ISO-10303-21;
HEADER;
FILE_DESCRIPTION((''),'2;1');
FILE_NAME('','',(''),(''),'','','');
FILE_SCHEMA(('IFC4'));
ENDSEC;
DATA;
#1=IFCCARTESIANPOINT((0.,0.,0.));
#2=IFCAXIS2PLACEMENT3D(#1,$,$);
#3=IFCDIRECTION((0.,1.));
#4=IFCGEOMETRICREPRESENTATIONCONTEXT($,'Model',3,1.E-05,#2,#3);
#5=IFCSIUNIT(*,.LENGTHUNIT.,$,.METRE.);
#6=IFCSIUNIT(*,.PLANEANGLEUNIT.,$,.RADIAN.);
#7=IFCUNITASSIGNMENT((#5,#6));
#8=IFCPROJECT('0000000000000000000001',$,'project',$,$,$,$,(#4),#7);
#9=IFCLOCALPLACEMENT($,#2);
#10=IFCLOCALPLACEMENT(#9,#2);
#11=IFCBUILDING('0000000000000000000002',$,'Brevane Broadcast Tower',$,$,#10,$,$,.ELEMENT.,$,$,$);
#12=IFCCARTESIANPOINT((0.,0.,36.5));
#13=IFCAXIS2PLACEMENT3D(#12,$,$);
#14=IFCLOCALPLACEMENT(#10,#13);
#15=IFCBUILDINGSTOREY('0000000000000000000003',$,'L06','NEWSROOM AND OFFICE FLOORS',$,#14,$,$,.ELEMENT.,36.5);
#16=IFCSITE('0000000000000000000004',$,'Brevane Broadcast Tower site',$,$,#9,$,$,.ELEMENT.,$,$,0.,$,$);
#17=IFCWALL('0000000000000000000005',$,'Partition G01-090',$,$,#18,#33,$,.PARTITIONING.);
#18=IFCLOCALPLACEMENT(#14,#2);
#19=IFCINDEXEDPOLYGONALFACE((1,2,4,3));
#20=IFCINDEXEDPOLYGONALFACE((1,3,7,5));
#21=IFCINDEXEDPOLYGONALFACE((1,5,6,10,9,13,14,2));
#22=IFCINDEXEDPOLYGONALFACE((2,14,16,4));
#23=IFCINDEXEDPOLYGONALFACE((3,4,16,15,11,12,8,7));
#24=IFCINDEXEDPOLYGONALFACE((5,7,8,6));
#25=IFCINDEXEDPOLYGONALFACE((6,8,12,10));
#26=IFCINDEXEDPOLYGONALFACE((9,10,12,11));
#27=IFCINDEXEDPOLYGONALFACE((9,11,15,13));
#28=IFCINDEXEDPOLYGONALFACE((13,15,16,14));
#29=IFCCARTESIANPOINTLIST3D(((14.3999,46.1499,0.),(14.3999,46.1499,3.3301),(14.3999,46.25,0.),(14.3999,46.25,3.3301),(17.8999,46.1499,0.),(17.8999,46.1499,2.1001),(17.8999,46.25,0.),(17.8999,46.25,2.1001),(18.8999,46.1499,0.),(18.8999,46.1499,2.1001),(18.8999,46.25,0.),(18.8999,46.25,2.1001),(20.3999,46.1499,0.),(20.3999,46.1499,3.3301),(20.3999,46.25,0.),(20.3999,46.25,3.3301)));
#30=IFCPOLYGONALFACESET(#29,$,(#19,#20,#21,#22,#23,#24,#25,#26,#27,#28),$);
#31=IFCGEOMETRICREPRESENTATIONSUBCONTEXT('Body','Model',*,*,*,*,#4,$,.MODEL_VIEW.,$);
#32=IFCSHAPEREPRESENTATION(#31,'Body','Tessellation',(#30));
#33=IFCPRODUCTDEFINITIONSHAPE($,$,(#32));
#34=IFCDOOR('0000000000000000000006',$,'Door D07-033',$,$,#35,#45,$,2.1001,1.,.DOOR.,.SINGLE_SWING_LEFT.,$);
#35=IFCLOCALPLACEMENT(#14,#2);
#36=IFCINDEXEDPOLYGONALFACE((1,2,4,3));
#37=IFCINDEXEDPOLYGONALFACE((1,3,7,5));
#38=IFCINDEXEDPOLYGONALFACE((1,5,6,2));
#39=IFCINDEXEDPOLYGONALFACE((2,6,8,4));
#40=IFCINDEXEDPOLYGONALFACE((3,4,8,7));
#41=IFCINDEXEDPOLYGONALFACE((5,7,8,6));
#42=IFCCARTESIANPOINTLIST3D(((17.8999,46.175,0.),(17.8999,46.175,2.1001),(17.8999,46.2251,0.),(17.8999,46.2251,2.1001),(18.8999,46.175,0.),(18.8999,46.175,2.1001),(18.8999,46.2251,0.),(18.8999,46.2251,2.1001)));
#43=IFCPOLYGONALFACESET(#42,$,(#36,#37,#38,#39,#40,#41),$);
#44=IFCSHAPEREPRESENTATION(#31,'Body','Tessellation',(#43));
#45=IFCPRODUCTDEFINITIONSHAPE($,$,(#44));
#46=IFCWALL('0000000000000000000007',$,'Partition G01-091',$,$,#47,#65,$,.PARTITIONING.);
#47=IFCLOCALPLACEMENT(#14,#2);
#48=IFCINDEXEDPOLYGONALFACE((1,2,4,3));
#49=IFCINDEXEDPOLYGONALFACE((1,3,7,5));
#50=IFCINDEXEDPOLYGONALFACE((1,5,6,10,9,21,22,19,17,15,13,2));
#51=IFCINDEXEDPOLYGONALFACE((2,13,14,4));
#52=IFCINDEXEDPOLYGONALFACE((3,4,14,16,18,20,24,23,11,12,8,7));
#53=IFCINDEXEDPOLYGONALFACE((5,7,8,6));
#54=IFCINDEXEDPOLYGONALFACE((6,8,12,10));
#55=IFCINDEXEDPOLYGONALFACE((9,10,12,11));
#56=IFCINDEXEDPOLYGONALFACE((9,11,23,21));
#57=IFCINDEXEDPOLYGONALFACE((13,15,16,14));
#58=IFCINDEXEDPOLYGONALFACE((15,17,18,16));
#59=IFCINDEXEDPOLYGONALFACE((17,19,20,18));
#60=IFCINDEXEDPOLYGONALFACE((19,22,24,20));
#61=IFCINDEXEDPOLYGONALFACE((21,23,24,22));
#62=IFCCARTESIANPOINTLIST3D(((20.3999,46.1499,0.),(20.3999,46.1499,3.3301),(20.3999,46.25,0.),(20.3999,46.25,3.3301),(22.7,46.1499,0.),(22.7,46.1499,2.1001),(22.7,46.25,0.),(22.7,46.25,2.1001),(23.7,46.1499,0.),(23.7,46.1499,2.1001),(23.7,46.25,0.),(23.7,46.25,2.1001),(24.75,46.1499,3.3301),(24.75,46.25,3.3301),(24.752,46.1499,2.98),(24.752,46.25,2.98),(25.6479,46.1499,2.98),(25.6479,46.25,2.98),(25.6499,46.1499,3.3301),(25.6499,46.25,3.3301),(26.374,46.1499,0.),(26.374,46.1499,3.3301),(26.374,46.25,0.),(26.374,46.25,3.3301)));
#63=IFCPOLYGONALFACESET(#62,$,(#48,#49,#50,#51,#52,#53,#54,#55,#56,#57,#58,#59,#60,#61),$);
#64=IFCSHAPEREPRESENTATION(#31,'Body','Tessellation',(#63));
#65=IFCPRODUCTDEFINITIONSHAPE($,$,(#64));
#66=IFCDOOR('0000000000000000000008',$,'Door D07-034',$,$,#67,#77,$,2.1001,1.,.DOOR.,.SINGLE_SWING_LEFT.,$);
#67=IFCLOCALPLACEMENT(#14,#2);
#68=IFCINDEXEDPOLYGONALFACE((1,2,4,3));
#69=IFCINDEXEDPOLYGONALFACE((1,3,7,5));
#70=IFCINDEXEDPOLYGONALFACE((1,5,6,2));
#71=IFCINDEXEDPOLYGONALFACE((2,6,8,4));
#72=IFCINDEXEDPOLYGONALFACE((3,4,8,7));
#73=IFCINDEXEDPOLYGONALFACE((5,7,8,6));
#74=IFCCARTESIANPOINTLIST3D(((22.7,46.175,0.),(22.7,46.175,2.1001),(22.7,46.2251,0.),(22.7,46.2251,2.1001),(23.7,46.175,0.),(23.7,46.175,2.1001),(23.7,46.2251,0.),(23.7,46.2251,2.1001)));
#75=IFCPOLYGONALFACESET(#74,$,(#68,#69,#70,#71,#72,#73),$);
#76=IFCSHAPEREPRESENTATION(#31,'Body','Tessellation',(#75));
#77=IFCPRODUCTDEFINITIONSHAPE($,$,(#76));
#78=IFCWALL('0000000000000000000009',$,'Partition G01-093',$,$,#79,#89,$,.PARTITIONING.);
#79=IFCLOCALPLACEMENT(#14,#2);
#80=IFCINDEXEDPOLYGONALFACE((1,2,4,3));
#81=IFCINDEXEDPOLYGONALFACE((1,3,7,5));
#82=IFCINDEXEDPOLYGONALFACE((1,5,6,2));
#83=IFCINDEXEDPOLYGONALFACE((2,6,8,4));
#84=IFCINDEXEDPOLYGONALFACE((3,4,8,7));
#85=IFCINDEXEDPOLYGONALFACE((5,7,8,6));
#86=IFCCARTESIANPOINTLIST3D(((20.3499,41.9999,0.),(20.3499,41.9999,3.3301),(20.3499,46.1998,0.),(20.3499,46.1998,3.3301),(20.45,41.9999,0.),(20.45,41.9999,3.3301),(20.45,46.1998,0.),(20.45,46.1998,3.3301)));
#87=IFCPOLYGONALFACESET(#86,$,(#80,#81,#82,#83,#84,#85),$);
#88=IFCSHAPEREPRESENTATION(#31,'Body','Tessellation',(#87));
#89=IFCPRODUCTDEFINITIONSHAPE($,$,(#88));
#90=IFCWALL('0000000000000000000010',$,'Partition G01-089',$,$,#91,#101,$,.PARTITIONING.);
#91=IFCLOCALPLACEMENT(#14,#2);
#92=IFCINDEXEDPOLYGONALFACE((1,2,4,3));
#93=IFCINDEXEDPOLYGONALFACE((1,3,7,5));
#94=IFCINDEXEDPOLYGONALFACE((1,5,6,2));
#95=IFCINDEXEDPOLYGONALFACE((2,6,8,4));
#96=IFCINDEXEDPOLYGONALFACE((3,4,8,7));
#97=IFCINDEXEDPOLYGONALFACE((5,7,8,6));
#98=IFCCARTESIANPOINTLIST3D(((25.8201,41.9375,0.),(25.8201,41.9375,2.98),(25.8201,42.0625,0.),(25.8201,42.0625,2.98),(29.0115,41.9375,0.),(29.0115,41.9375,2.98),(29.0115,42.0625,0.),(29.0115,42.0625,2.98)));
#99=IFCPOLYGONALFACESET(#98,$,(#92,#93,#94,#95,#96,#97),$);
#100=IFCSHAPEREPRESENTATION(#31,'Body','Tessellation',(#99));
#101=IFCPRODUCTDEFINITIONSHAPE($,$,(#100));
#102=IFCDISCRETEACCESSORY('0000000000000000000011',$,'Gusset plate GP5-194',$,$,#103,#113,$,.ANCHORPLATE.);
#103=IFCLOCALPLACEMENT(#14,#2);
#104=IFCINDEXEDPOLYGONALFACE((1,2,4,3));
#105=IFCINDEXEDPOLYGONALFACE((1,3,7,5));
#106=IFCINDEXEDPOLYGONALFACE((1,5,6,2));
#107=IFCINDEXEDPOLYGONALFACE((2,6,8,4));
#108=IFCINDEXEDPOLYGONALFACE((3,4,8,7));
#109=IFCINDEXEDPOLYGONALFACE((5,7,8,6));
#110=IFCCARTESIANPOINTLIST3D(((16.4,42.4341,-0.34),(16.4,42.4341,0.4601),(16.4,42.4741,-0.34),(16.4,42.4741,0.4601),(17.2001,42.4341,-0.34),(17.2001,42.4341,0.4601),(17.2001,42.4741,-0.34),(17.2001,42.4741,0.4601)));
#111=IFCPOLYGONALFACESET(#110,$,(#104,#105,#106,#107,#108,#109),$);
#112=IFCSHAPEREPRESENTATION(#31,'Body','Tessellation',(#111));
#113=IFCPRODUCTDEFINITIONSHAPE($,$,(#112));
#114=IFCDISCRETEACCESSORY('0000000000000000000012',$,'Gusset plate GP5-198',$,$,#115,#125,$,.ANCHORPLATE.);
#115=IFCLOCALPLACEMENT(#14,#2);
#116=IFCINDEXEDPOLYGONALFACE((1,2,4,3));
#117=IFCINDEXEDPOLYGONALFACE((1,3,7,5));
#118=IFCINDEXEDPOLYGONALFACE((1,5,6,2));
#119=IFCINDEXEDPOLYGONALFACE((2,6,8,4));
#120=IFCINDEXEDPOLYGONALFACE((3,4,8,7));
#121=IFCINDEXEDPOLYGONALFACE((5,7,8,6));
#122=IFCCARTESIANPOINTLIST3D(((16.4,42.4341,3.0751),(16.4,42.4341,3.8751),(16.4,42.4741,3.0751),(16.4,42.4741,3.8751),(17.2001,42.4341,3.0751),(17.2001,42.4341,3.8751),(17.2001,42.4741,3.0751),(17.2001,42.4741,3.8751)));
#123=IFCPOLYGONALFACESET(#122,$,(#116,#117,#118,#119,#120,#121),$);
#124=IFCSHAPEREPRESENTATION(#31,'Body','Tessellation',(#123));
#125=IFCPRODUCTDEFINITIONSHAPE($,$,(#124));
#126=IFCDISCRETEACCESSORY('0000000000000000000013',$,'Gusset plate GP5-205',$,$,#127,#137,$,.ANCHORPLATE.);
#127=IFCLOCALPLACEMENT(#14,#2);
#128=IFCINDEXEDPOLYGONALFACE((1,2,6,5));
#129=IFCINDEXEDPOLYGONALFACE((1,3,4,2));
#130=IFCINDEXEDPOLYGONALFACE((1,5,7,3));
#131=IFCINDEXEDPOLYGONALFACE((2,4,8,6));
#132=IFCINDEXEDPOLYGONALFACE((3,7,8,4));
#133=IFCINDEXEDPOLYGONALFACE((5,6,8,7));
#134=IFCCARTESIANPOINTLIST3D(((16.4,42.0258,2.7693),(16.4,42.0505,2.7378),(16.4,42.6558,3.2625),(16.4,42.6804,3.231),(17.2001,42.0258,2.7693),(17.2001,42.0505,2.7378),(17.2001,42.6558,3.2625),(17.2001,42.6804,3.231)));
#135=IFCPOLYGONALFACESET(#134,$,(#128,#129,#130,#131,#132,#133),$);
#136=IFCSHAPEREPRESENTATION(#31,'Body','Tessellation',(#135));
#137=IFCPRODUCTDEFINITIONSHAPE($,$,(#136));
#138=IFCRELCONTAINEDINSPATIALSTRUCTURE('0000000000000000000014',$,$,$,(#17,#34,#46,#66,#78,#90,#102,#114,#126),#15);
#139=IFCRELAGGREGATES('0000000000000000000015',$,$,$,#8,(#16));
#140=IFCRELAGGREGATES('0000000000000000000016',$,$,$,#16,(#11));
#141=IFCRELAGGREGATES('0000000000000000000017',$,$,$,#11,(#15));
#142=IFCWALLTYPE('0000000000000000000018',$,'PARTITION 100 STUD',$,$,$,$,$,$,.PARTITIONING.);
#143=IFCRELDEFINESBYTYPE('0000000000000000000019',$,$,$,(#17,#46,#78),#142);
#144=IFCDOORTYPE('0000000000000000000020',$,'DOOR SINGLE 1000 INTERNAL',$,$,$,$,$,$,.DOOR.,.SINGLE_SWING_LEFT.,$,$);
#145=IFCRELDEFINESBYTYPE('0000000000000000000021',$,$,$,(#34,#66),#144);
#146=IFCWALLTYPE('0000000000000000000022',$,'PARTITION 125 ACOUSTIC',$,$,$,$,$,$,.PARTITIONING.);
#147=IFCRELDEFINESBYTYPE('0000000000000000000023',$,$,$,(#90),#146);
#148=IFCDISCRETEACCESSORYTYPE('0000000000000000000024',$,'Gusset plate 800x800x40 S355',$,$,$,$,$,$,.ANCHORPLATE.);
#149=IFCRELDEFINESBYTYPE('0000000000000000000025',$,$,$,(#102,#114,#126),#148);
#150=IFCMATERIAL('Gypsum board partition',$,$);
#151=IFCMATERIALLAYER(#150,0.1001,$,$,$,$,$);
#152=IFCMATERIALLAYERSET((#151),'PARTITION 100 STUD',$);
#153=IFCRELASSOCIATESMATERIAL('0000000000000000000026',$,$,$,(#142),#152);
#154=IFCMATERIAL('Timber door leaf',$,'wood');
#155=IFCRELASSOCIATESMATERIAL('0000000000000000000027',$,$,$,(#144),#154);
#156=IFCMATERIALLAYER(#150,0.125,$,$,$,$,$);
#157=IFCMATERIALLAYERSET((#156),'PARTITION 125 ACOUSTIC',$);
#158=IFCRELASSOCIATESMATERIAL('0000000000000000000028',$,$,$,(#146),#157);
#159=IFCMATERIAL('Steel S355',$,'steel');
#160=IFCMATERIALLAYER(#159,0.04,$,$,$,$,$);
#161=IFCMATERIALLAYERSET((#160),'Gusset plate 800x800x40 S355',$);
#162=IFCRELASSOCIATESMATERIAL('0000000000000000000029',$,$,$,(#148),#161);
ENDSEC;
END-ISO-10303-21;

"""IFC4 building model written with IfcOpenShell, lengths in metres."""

from ifc_helpers import new_model, si_unit, direction, frame, frame_2d, origin, origin_2d, place, context, subcontext, project, spatial, polyline, rectangle, outline, extrude, material, layer, layer_set, type_object, element, fill, save


model = new_model("IFC4")

# Units and contexts
model_context = context("Model", 3, precision=1e-05, world=origin(), true_north=direction((0.0, 1.0)))
body_context = subcontext(model_context, "Body", "Model", "MODEL_VIEW")
ifc_project = project(units=[si_unit("LENGTHUNIT", "METRE"), si_unit("PLANEANGLEUNIT", "RADIAN")], contexts=[model_context])

# Site, building, storey
site_placement = place(None, origin())
site = spatial("IfcSite", under=ifc_project, at=site_placement, Name="Brevane Broadcast Tower site", CompositionType="ELEMENT", RefElevation=0.0)
building_placement = place(site_placement, origin())
building = spatial("IfcBuilding", under=site, at=building_placement, Name="Brevane Broadcast Tower", CompositionType="ELEMENT")
storey_placement = place(building_placement, frame((0.0, 0.0, 36.5)))
storey = spatial("IfcBuildingStorey", under=building, at=storey_placement, Name="L06", Description="NEWSROOM AND OFFICE FLOORS", CompositionType="ELEMENT", Elevation=36.5)

# Shared definitions
ifc_material_1 = material(Name="Steel S355", Category="steel")

# Walls, openings, doors
ifc_material_2 = material(Name="Gypsum board partition")
ifc_layer_1 = layer(ifc_material_2, 0.1001)
ifc_layer_set_1 = layer_set([ifc_layer_1], Name="PARTITION 100 STUD")
wall_type_1 = type_object("IfcWallType", Name="PARTITION 100 STUD", PredefinedType="PARTITIONING", material=ifc_layer_set_1)
wall_1_placement = place(storey_placement, frame((20.3999, 46.2, 0.0), z_axis=(0.0, 0.0, 1.0), x_axis=(-1.0, 0.0, 0.0)))
wall_1 = element("IfcWall", 1, at=wall_1_placement, inside=storey, type_object=wall_type_1, Name="Partition G01-090", PredefinedType="PARTITIONING", context=body_context, shape_type="SweptSolid", body=[
    extrude(rectangle(XDim=6.0, YDim=0.1001, at=frame_2d((3.0, 0.0))), origin(), (0.0, 0.0, 1.0), 3.3301),
])
opening_1_placement = place(wall_1_placement, frame((1.5, 0.0, 0.0)))
opening_1 = element("IfcOpeningElement", 2, at=opening_1_placement, cuts=wall_1, PredefinedType="OPENING", context=body_context, shape_type="SweptSolid", body=[
    extrude(rectangle(XDim=1.0, YDim=2.1001, at=frame_2d((0.5, 1.05))), frame((0.0, 0.0601, 0.0), z_axis=(0.0, -1.0, 0.0), x_axis=(1.0, 0.0, 0.0)), (0.0, 0.0, 1.0), 0.1201),
])
ifc_material_3 = material(Name="Timber door leaf", Category="wood")
door_type = type_object("IfcDoorType", Name="DOOR SINGLE 1000 INTERNAL", OperationType="SINGLE_SWING_LEFT", PredefinedType="DOOR", material=ifc_material_3)
door_1_placement = place(opening_1_placement, origin())
door_1 = element("IfcDoor", 3, at=door_1_placement, inside=storey, type_object=door_type, Name="Door D07-033", OperationType="SINGLE_SWING_LEFT", OverallHeight=2.1001, OverallWidth=1.0, PredefinedType="DOOR", context=body_context, shape_type="SweptSolid", body=[
    extrude(rectangle(XDim=1.0, YDim=2.1001, at=frame_2d((0.5, 1.05))), frame((0.0, 0.0249, 0.0), z_axis=(0.0, -1.0, 0.0), x_axis=(1.0, 0.0, 0.0)), (0.0, 0.0, 1.0), 0.05),
])
fill(opening_1, door_1)
wall_2_placement = place(storey_placement, frame((26.374, 46.2, 0.0), z_axis=(0.0, 0.0, 1.0), x_axis=(-1.0, 0.0, 0.0)))
wall_2 = element("IfcWall", 4, at=wall_2_placement, inside=storey, type_object=wall_type_1, Name="Partition G01-091", PredefinedType="PARTITIONING", context=body_context, shape_type="SweptSolid", body=[
    extrude(outline(polyline([(0.0, 0.0), (5.9741, 0.0), (5.9741, 3.3301), (1.624, 3.3301), (1.6221, 2.98), (0.7261, 2.98), (0.7241, 3.3301), (0.074, 3.3301), (0.0, 3.3301), (0.0, 0.0)])), frame((0.0, 0.05, 0.0), z_axis=(0.0, -1.0, 0.0), x_axis=(1.0, 0.0, 0.0)), (0.0, 0.0, 1.0), 0.1001),
])
opening_2_placement = place(wall_2_placement, frame((2.6741, 0.0, 0.0)))
opening_2 = element("IfcOpeningElement", 5, at=opening_2_placement, cuts=wall_2, PredefinedType="OPENING", context=body_context, shape_type="SweptSolid", body=[
    extrude(rectangle(XDim=1.0, YDim=2.1001, at=frame_2d((0.5, 1.05))), frame((0.0, 0.0601, 0.0), z_axis=(0.0, -1.0, 0.0), x_axis=(1.0, 0.0, 0.0)), (0.0, 0.0, 1.0), 0.1201),
])
door_2_placement = place(opening_2_placement, origin())
door_2 = element("IfcDoor", 6, at=door_2_placement, inside=storey, type_object=door_type, Name="Door D07-034", OperationType="SINGLE_SWING_LEFT", OverallHeight=2.1001, OverallWidth=1.0, PredefinedType="DOOR", context=body_context, shape_type="SweptSolid", body=[
    extrude(rectangle(XDim=1.0, YDim=2.1001, at=frame_2d((0.5, 1.05))), frame((0.0, 0.0249, 0.0), z_axis=(0.0, -1.0, 0.0), x_axis=(1.0, 0.0, 0.0)), (0.0, 0.0, 1.0), 0.05),
])
fill(opening_2, door_2)

# Walls
wall_3_placement = place(storey_placement, frame((20.3999, 46.2, 0.0), z_axis=(0.0, 0.0, 1.0), x_axis=(0.0, -1.0, 0.0)))
element("IfcWall", 7, at=wall_3_placement, inside=storey, type_object=wall_type_1, Name="Partition G01-093", PredefinedType="PARTITIONING", context=body_context, shape_type="SweptSolid", body=[
    extrude(rectangle(XDim=4.2, YDim=0.1001, at=frame_2d((2.1001, 0.0))), origin(), (0.0, 0.0, 1.0), 3.3301),
])
ifc_layer_2 = layer(ifc_material_2, 0.125)
ifc_layer_set_2 = layer_set([ifc_layer_2], Name="PARTITION 125 ACOUSTIC")
wall_type_2 = type_object("IfcWallType", Name="PARTITION 125 ACOUSTIC", PredefinedType="PARTITIONING", material=ifc_layer_set_2)
wall_4_placement = place(storey_placement, frame((25.8201, 42.0, 0.0), z_axis=(0.0, 0.0, 1.0), x_axis=(1.0, 0.0, 0.0)))
element("IfcWall", 8, at=wall_4_placement, inside=storey, type_object=wall_type_2, Name="Partition G01-089", PredefinedType="PARTITIONING", context=body_context, shape_type="SweptSolid", body=[
    extrude(rectangle(XDim=3.1914, YDim=0.125, at=frame_2d((1.5957, 0.0))), origin(), (0.0, 0.0, 1.0), 2.98),
])

# Discrete accessories
ifc_layer_3 = layer(ifc_material_1, 0.04)
ifc_layer_set_3 = layer_set([ifc_layer_3], Name="Gusset plate 800x800x40 S355")
discrete_accessory_type = type_object("IfcDiscreteAccessoryType", Name="Gusset plate 800x800x40 S355", PredefinedType="ANCHORPLATE", material=ifc_layer_set_3)
for number, where, z_axis, x_axis, name in (
    (9, (16.8, 42.4341, 0.0601), (0.0, 1.0, 0.0), (-1.0, 0.0, 0.0), "Gusset plate GP5-194"),
    (10, (16.8, 42.4341, 3.4751), (0.0, 1.0, 0.0), (-1.0, 0.0, 0.0), "Gusset plate GP5-198"),
    (11, (16.8, 42.3655, 2.9844), (0.0, -0.616473, 0.787376), (1.0, 0.0, 0.0), "Gusset plate GP5-205"),
):
    element("IfcDiscreteAccessory", number, at=place(storey_placement, frame(where, z_axis=z_axis, x_axis=x_axis)), inside=storey, type_object=discrete_accessory_type, Name=name, PredefinedType="ANCHORPLATE", context=body_context, shape_type="SweptSolid", body=[
        extrude(rectangle(XDim=0.8, YDim=0.8, at=origin_2d()), origin(), (0.0, 0.0, 1.0), 0.04),
    ])

save(model, "model.ifc")
